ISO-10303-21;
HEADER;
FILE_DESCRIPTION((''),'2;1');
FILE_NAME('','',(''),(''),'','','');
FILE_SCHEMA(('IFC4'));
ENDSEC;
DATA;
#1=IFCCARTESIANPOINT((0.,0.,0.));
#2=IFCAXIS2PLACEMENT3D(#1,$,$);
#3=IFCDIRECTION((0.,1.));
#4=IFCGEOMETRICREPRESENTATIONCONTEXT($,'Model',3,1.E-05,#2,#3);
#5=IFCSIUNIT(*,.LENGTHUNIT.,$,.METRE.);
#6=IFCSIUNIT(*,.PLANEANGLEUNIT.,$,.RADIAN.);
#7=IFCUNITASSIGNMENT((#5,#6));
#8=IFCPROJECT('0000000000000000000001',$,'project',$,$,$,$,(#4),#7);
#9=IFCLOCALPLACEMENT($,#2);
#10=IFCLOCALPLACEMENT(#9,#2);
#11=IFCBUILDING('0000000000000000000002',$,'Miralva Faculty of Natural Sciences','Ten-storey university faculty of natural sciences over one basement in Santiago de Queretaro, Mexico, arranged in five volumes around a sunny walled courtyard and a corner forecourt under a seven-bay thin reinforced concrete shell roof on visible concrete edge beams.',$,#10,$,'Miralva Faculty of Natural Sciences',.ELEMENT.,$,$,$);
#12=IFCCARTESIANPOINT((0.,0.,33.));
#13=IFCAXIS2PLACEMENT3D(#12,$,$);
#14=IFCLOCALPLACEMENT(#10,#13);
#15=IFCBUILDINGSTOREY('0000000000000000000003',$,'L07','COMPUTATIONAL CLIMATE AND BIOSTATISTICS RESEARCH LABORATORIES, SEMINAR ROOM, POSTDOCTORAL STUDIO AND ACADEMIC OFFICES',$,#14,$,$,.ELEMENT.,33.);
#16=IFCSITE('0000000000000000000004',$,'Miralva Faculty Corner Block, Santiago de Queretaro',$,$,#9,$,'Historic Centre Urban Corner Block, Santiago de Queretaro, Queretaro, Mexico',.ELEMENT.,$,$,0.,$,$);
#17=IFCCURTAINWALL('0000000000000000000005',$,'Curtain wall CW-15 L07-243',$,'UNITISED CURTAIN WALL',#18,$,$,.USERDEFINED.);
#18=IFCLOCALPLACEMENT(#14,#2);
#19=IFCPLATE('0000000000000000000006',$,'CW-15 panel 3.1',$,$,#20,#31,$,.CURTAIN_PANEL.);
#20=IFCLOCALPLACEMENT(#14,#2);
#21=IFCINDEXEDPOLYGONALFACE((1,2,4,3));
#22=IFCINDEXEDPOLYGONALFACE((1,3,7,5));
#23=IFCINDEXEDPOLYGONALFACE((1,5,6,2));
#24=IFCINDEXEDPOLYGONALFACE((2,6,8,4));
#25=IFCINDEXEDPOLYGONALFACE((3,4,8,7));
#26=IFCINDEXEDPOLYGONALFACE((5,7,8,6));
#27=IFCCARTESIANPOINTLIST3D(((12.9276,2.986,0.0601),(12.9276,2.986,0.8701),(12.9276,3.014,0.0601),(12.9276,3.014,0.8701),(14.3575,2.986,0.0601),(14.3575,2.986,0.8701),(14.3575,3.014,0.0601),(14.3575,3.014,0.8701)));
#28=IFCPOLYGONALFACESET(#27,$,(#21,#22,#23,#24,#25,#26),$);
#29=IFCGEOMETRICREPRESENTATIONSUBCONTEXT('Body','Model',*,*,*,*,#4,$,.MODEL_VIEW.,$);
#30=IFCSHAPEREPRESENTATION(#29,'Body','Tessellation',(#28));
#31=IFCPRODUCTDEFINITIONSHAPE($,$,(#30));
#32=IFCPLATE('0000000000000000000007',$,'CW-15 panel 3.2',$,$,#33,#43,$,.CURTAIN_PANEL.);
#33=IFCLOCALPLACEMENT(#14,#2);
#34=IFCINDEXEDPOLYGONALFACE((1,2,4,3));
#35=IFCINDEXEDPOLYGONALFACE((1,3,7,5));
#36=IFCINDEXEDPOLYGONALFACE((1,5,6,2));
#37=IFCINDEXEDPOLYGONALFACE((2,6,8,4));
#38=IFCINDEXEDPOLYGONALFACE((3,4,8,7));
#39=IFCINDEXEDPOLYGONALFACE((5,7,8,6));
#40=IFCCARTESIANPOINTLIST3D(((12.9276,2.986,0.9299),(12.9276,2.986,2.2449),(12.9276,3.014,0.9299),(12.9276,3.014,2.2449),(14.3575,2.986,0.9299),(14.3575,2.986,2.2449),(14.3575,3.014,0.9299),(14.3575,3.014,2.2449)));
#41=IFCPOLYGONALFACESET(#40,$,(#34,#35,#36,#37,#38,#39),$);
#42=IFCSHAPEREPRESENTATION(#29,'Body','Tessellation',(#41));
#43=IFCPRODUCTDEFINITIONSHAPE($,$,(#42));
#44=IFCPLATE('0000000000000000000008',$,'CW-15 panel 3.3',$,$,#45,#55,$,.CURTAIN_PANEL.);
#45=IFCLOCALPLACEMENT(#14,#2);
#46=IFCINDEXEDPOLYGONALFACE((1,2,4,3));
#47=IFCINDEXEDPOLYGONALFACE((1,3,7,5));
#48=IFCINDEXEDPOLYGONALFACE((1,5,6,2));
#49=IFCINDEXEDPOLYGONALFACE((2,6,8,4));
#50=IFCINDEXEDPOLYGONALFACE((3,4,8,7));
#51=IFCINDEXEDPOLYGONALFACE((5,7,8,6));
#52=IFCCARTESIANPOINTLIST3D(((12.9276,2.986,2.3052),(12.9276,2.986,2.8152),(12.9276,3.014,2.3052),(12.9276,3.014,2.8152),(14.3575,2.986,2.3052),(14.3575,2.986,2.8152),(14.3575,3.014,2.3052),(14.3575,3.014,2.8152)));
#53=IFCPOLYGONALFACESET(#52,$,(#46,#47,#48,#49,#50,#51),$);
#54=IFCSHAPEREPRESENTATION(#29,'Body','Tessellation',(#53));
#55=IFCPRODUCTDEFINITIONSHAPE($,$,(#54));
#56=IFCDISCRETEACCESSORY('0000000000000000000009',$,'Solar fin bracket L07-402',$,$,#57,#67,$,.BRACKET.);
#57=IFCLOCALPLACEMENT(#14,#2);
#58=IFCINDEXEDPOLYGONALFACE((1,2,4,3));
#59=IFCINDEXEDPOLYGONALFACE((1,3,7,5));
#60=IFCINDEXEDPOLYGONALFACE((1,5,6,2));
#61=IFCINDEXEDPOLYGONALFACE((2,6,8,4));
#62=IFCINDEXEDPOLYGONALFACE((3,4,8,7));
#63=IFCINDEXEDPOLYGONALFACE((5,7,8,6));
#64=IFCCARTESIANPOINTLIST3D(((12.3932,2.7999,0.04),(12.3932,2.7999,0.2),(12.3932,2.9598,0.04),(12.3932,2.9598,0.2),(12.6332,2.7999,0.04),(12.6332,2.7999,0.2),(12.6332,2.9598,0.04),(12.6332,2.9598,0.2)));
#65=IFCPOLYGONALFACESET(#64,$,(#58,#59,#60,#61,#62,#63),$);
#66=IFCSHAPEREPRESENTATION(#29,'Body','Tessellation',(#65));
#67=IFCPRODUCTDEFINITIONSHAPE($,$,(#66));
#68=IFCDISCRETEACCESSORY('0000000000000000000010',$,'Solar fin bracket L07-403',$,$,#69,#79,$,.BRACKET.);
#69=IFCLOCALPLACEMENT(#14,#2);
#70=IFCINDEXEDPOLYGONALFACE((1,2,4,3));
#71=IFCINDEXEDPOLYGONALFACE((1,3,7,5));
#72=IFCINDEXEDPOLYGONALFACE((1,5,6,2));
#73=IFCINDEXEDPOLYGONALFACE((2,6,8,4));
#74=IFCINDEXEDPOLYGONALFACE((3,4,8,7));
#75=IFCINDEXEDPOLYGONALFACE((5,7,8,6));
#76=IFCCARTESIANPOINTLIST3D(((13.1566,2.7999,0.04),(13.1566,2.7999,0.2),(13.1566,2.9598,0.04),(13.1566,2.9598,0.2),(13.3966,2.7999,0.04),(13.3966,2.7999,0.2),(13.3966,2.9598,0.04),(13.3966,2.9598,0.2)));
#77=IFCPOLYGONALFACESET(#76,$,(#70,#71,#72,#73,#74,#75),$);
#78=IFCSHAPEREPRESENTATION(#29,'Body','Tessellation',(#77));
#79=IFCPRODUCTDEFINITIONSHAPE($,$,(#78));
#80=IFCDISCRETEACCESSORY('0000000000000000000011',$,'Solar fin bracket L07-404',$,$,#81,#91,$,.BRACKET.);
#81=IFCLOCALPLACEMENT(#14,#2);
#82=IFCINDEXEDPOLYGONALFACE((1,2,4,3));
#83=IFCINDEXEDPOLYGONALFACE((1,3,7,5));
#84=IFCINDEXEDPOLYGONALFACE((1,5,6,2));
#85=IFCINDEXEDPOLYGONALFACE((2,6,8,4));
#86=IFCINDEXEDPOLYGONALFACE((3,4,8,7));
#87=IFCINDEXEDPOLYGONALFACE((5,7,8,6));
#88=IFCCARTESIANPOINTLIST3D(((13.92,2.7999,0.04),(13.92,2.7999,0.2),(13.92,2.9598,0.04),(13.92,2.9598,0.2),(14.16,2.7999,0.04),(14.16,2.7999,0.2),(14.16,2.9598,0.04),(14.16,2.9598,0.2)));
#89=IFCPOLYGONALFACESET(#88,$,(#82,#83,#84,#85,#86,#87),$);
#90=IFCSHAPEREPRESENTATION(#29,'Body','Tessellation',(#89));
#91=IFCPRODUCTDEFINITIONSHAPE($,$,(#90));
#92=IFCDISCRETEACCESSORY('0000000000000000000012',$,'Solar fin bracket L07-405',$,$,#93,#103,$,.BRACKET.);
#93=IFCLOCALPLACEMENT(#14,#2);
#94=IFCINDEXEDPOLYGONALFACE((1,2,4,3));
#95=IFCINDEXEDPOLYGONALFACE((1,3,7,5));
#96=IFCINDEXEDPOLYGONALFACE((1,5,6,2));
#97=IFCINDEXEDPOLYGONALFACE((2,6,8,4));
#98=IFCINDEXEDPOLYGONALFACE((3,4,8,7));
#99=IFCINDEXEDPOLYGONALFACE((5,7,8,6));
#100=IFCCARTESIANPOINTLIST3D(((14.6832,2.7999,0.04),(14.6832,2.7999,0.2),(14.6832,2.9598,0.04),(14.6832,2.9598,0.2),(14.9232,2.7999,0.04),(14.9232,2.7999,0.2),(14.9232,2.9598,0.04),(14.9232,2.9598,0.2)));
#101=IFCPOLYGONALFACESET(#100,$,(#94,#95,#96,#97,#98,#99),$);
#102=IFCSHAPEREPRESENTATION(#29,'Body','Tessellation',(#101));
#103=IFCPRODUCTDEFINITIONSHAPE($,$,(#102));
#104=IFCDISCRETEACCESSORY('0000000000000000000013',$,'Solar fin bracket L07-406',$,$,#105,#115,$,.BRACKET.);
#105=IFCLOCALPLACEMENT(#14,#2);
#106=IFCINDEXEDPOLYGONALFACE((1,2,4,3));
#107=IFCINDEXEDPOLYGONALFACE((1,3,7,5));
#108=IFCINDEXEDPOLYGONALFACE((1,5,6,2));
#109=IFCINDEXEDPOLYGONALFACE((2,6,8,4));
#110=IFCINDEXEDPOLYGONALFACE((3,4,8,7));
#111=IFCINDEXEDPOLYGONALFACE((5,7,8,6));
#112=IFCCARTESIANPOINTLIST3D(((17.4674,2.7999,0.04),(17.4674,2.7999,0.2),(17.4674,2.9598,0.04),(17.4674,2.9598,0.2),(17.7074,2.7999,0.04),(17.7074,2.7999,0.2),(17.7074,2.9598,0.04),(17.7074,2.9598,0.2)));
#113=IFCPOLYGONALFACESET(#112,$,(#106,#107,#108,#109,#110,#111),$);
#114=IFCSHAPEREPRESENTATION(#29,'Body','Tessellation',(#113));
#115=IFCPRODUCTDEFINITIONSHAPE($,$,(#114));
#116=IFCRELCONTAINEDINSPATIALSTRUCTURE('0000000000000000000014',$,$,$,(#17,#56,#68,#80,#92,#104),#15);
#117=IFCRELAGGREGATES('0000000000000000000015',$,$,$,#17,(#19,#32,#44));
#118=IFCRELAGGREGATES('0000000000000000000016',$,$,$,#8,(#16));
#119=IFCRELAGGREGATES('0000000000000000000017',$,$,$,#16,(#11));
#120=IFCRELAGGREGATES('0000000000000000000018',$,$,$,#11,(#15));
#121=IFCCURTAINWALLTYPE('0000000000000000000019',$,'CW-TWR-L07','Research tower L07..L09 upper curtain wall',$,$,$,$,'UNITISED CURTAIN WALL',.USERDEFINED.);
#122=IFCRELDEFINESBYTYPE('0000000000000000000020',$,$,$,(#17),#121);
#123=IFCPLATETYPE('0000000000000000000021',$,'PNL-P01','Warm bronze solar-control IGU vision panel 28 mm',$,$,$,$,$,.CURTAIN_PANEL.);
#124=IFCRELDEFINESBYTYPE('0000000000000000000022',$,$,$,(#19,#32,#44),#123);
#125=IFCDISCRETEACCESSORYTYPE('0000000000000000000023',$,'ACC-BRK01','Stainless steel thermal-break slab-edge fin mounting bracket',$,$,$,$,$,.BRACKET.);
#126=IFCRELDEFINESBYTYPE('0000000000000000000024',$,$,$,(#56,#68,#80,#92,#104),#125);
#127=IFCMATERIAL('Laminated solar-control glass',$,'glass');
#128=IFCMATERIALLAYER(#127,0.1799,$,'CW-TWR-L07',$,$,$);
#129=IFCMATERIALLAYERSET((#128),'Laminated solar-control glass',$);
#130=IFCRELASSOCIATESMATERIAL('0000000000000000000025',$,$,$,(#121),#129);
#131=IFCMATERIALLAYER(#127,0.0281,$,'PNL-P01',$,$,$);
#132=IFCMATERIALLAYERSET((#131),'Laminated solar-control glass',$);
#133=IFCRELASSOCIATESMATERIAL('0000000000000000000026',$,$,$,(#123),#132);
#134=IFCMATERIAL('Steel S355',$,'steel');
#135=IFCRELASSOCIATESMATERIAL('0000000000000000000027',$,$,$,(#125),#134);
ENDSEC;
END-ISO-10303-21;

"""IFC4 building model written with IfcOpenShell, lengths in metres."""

from ifc_helpers import new_model, si_unit, direction, frame, origin, origin_2d, place, context, subcontext, project, spatial, rectangle, extrude, material, layer, layer_set, type_object, element, aggregate, save


model = new_model("IFC4")

# Units and contexts
model_context = context("Model", 3, precision=1e-05, world=origin(), true_north=direction((0.0, 1.0)))
body_context = subcontext(model_context, "Body", "Model", "MODEL_VIEW")
ifc_project = project(units=[si_unit("LENGTHUNIT", "METRE"), si_unit("PLANEANGLEUNIT", "RADIAN")], contexts=[model_context])

# Site, building, storey
site_placement = place(None, origin())
site = spatial("IfcSite", under=ifc_project, at=site_placement, Name="Miralva Faculty Corner Block, Santiago de Queretaro", LongName="Historic Centre Urban Corner Block, Santiago de Queretaro, Queretaro, Mexico", CompositionType="ELEMENT", RefElevation=0.0)
building_placement = place(site_placement, origin())
building = spatial("IfcBuilding", under=site, at=building_placement, Name="Miralva Faculty of Natural Sciences", Description="Ten-storey university faculty of natural sciences over one basement in Santiago de Queretaro, Mexico, arranged in five volumes around a sunny walled courtyard and a corner forecourt under a seven-bay thin reinforced concrete shell roof on visible concrete edge beams.", LongName="Miralva Faculty of Natural Sciences", CompositionType="ELEMENT")
storey_placement = place(building_placement, frame((0.0, 0.0, 33.0)))
storey = spatial("IfcBuildingStorey", under=building, at=storey_placement, Name="L07", Description="COMPUTATIONAL CLIMATE AND BIOSTATISTICS RESEARCH LABORATORIES, SEMINAR ROOM, POSTDOCTORAL STUDIO AND ACADEMIC OFFICES", CompositionType="ELEMENT", Elevation=33.0)

# Curtain wall
ifc_material_1 = material(Name="Laminated solar-control glass", Category="glass")
ifc_layer_1 = layer(ifc_material_1, 0.1799, Name="CW-TWR-L07")
ifc_layer_set_1 = layer_set([ifc_layer_1], Name="Laminated solar-control glass")
curtain_wall_type = type_object("IfcCurtainWallType", Name="CW-TWR-L07", Description="Research tower L07..L09 upper curtain wall", ElementType="UNITISED CURTAIN WALL", PredefinedType="USERDEFINED", material=ifc_layer_set_1)
curtain_wall_placement = place(storey_placement, origin())
curtain_wall = element("IfcCurtainWall", 1, at=curtain_wall_placement, inside=storey, type_object=curtain_wall_type, Name="Curtain wall CW-15 L07-243", ObjectType="UNITISED CURTAIN WALL", PredefinedType="USERDEFINED")

# Plates
ifc_layer_2 = layer(ifc_material_1, 0.0281, Name="PNL-P01")
ifc_layer_set_2 = layer_set([ifc_layer_2], Name="Laminated solar-control glass")
plate_type = type_object("IfcPlateType", Name="PNL-P01", Description="Warm bronze solar-control IGU vision panel 28 mm", PredefinedType="CURTAIN_PANEL", material=ifc_layer_set_2)
plate_1_placement = place(storey_placement, frame((13.6426, 3.0, 0.0601), z_axis=(0.0, 0.0, 1.0), x_axis=(1.0, 0.0, 0.0)))
plate_1 = element("IfcPlate", 2, at=plate_1_placement, type_object=plate_type, Name="CW-15 panel 3.1", PredefinedType="CURTAIN_PANEL", context=body_context, shape_type="SweptSolid", body=[
    extrude(rectangle(XDim=1.4299, YDim=0.0281, at=origin_2d()), origin(), (0.0, 0.0, 1.0), 0.8101),
])
plate_2_placement = place(storey_placement, frame((13.6426, 3.0, 0.9299), z_axis=(0.0, 0.0, 1.0), x_axis=(1.0, 0.0, 0.0)))
plate_2 = element("IfcPlate", 3, at=plate_2_placement, type_object=plate_type, Name="CW-15 panel 3.2", PredefinedType="CURTAIN_PANEL", context=body_context, shape_type="SweptSolid", body=[
    extrude(rectangle(XDim=1.4299, YDim=0.0281, at=origin_2d()), origin(), (0.0, 0.0, 1.0), 1.3149),
])
plate_3_placement = place(storey_placement, frame((13.6426, 3.0, 2.3052), z_axis=(0.0, 0.0, 1.0), x_axis=(1.0, 0.0, 0.0)))
plate_3 = element("IfcPlate", 4, at=plate_3_placement, type_object=plate_type, Name="CW-15 panel 3.3", PredefinedType="CURTAIN_PANEL", context=body_context, shape_type="SweptSolid", body=[
    extrude(rectangle(XDim=1.4299, YDim=0.0281, at=origin_2d()), origin(), (0.0, 0.0, 1.0), 0.51),
])
aggregate(curtain_wall, [plate_1, plate_2, plate_3])

# Discrete accessories
ifc_material_2 = material(Name="Steel S355", Category="steel")
discrete_accessory_type = type_object("IfcDiscreteAccessoryType", Name="ACC-BRK01", Description="Stainless steel thermal-break slab-edge fin mounting bracket", PredefinedType="BRACKET", material=ifc_material_2)
for number, where, z_axis, x_axis, name in (
    (5, (12.5132, 2.8799, 0.04), (0.0, 0.0, 1.0), (0.0, -1.0, 0.0), "Solar fin bracket L07-402"),
    (6, (13.2766, 2.8799, 0.04), (0.0, 0.0, 1.0), (0.0, -1.0, 0.0), "Solar fin bracket L07-403"),
    (7, (14.04, 2.8799, 0.04), (0.0, 0.0, 1.0), (0.0, -1.0, 0.0), "Solar fin bracket L07-404"),
    (8, (14.8032, 2.8799, 0.04), (0.0, 0.0, 1.0), (0.0, -1.0, 0.0), "Solar fin bracket L07-405"),
    (9, (17.5874, 2.8799, 0.04), (0.0, 0.0, 1.0), (0.0, -1.0, 0.0), "Solar fin bracket L07-406"),
):
    element("IfcDiscreteAccessory", number, at=place(storey_placement, frame(where, z_axis=z_axis, x_axis=x_axis)), inside=storey, type_object=discrete_accessory_type, Name=name, PredefinedType="BRACKET", context=body_context, shape_type="SweptSolid", body=[
        extrude(rectangle(XDim=0.1599, YDim=0.24, at=origin_2d()), origin(), (0.0, 0.0, 1.0), 0.1599),
    ])

save(model, "model.ifc")
